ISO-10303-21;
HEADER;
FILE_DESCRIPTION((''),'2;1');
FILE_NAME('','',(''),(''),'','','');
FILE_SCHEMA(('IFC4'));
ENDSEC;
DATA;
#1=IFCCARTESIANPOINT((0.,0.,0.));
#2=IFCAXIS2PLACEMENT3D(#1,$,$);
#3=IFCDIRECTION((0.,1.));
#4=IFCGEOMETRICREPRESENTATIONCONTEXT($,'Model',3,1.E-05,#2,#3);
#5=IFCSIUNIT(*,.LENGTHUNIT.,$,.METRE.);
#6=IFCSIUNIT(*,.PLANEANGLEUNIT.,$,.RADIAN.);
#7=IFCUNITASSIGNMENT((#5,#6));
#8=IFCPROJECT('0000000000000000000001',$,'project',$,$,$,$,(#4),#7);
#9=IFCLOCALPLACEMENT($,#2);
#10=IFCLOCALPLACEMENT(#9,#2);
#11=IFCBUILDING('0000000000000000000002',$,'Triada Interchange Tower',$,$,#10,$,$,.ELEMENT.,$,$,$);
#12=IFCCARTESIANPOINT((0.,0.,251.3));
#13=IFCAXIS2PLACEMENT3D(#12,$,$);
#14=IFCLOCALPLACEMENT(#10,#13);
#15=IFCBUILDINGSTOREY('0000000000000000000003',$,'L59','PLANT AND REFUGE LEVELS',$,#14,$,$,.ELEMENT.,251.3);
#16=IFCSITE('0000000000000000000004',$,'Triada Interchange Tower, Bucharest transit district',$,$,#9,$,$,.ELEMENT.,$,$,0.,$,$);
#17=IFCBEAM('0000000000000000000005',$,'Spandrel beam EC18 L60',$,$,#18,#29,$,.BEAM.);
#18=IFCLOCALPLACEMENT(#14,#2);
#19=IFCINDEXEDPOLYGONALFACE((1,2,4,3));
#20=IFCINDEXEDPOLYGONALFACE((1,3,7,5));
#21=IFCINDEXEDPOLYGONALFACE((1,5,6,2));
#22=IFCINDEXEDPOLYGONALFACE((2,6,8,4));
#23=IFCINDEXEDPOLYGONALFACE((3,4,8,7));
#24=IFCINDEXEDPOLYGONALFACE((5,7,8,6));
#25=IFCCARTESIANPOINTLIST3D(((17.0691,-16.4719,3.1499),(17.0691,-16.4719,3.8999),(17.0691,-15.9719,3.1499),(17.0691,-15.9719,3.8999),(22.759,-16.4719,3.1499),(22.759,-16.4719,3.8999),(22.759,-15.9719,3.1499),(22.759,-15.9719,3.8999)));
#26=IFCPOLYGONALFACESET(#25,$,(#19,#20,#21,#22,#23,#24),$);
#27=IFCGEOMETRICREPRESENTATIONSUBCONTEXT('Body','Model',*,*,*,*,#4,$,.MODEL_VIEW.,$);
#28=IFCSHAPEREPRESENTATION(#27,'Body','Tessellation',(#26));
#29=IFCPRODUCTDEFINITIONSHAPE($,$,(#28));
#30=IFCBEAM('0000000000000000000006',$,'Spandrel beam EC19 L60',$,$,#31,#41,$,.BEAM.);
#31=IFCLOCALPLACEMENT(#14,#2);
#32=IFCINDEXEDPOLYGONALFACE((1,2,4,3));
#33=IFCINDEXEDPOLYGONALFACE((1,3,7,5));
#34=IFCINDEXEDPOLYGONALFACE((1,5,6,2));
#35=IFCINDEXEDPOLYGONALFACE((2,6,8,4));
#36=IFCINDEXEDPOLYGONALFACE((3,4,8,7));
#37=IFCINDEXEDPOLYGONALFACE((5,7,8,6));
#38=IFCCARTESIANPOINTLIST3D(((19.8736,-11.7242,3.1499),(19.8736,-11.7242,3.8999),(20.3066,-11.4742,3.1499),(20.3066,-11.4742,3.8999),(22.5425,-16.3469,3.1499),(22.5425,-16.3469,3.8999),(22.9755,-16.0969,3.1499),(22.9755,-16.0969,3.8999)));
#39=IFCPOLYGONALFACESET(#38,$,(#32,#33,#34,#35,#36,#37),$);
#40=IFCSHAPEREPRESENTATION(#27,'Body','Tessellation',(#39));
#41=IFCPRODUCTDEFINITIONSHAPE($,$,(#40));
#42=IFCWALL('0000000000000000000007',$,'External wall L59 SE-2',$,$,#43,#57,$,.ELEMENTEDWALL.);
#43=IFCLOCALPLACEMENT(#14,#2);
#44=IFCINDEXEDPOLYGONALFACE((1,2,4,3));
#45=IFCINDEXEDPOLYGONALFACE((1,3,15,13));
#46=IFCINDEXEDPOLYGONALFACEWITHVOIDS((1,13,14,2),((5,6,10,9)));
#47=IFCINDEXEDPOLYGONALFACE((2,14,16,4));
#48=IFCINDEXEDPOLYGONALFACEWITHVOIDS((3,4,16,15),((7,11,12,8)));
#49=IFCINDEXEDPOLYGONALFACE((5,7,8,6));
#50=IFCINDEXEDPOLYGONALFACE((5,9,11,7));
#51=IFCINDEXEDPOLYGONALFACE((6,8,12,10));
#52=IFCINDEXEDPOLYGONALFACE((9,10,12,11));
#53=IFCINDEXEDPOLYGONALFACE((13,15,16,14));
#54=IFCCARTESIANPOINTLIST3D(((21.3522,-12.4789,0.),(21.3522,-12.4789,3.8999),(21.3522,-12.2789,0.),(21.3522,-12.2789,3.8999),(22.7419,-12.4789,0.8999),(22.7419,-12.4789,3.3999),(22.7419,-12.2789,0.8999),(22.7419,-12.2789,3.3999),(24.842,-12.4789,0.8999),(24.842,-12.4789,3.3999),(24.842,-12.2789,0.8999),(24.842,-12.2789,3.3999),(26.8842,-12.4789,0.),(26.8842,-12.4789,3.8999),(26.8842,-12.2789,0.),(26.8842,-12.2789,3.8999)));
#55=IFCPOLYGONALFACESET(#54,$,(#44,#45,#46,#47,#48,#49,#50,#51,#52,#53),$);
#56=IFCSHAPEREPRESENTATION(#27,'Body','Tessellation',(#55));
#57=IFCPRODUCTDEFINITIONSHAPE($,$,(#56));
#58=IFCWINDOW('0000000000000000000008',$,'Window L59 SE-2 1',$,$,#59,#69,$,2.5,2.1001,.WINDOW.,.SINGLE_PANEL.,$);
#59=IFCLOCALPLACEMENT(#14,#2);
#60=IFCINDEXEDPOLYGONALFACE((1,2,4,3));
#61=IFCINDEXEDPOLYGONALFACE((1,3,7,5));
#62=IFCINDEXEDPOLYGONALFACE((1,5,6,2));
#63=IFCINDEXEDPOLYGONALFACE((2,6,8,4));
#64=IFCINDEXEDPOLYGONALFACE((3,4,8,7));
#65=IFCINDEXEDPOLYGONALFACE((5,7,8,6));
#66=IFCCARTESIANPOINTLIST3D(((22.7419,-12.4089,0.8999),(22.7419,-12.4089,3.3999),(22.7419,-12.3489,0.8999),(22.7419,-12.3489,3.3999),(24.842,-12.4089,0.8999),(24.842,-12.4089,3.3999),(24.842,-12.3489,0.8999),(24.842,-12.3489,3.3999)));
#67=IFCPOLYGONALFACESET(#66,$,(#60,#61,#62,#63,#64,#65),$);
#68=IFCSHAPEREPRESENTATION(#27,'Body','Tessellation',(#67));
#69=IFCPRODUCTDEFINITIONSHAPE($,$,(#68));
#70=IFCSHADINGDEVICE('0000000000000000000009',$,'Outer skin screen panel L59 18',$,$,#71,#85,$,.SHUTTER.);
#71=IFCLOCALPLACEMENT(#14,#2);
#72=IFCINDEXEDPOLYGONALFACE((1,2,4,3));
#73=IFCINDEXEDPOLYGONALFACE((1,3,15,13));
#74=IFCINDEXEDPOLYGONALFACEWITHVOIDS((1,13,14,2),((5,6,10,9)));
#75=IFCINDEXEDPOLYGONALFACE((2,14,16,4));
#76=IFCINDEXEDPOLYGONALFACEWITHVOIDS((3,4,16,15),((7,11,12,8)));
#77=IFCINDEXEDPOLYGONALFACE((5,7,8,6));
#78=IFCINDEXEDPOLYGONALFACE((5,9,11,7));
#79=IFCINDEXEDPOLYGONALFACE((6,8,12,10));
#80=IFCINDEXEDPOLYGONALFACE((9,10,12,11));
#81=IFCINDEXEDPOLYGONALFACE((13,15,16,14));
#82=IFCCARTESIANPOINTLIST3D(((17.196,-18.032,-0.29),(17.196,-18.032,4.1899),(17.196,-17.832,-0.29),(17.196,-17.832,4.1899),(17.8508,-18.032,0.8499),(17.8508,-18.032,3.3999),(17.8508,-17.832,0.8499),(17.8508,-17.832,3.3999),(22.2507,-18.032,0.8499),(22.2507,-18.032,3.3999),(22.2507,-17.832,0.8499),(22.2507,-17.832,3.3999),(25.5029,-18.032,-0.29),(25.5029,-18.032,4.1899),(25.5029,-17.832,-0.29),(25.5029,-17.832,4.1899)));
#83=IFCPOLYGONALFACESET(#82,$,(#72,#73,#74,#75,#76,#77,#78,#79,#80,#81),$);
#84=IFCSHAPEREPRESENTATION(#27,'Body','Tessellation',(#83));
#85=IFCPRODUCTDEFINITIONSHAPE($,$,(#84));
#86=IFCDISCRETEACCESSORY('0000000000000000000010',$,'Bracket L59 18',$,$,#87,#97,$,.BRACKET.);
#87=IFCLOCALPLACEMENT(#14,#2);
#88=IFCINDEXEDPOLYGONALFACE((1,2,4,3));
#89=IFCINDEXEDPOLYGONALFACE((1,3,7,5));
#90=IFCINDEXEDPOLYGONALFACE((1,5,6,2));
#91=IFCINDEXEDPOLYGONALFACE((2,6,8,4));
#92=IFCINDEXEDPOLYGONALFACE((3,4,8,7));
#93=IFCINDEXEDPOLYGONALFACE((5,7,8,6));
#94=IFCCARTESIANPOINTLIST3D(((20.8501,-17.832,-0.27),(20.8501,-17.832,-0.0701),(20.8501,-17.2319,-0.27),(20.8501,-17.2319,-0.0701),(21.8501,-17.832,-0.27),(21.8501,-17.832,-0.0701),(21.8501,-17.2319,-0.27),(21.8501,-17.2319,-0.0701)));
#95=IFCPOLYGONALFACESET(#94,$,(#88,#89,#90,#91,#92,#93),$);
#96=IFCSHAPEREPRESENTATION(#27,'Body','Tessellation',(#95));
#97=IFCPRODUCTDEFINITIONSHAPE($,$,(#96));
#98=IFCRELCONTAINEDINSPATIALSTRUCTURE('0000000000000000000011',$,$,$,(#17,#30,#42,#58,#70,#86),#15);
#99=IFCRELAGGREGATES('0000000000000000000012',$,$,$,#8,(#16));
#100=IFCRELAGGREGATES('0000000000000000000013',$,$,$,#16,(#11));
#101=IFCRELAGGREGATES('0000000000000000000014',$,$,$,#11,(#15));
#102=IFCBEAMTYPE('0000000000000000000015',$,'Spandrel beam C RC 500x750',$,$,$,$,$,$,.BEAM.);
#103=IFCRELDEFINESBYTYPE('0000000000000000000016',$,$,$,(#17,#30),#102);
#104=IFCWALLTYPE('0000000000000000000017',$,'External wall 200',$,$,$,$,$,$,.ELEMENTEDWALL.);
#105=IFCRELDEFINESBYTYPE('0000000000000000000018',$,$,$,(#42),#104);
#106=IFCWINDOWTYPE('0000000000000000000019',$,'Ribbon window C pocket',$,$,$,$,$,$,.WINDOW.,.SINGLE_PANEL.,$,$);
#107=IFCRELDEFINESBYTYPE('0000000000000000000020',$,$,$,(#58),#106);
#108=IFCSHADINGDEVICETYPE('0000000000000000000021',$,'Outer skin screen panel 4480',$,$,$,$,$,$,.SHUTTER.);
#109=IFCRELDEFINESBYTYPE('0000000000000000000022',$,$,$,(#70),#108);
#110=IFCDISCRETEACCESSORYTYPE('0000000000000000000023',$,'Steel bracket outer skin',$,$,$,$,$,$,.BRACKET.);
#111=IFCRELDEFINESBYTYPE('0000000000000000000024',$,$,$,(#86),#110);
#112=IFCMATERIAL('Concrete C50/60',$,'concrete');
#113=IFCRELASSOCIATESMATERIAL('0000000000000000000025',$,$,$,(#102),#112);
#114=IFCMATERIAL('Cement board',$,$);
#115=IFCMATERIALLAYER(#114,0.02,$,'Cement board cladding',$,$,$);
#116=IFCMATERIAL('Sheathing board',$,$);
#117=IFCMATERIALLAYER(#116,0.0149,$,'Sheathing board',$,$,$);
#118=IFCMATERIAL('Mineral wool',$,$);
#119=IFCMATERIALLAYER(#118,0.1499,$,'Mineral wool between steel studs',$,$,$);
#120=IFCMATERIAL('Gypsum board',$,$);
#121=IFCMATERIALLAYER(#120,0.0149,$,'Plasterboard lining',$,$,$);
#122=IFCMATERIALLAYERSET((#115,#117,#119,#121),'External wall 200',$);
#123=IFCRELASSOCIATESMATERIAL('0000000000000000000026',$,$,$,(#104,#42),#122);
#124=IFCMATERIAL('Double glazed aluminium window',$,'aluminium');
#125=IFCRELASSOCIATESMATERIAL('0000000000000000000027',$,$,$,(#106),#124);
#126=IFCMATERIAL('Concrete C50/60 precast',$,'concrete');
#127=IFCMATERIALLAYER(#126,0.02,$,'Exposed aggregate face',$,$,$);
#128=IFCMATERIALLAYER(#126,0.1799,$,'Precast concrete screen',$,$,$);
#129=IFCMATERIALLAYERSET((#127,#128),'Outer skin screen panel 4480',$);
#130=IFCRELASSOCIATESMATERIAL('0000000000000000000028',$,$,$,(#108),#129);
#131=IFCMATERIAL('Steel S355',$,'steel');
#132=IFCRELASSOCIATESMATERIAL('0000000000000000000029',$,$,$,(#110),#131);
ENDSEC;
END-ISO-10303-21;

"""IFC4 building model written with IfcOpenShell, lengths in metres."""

from ifc_helpers import new_model, si_unit, direction, frame, frame_2d, origin, origin_2d, place, context, subcontext, project, spatial, polyline, rectangle, outline, extrude, material, layer, layer_set, layer_usage, material_profile, profile_set, type_object, element, fill, save


model = new_model("IFC4")

# Units and contexts
model_context = context("Model", 3, precision=1e-05, world=origin(), true_north=direction((0.0, 1.0)))
body_context = subcontext(model_context, "Body", "Model", "MODEL_VIEW")
ifc_project = project(units=[si_unit("LENGTHUNIT", "METRE"), si_unit("PLANEANGLEUNIT", "RADIAN")], contexts=[model_context])

# Site, building, storey
site_placement = place(None, origin())
site = spatial("IfcSite", under=ifc_project, at=site_placement, Name="Triada Interchange Tower, Bucharest transit district", CompositionType="ELEMENT", RefElevation=0.0)
building_placement = place(site_placement, origin())
building = spatial("IfcBuilding", under=site, at=building_placement, Name="Triada Interchange Tower", CompositionType="ELEMENT")
storey_placement = place(building_placement, frame((0.0, 0.0, 251.3)))
storey = spatial("IfcBuildingStorey", under=building, at=storey_placement, Name="L59", Description="PLANT AND REFUGE LEVELS", CompositionType="ELEMENT", Elevation=251.3)

# Shared definitions
ifc_material_1 = material(Name="Concrete C50/60", Category="concrete")

# Shared definitions
ifc_material_2 = material(Name="Steel S355", Category="steel")

# Beams
ifc_material_profile_1 = material_profile(ifc_material_1, rectangle(XDim=0.5, YDim=0.75, at=origin_2d()), Name="RC 500x750")
ifc_profile_set_1 = profile_set([ifc_material_profile_1], Name="Concrete C50/60")
beam_type_1 = type_object("IfcBeamType", Name="Spandrel beam C RC 500x750", PredefinedType="BEAM", material=ifc_profile_set_1)
beam_1_placement = place(storey_placement, frame((17.0691, -16.2219, 3.5249), z_axis=(1.0, 0.0, 0.0), x_axis=(0.0, 1.0, 0.0)))
element("IfcBeam", 1, at=beam_1_placement, inside=storey, type_object=beam_type_1, Name="Spandrel beam EC18 L60", PredefinedType="BEAM", context=body_context, shape_type="SweptSolid", body=[
    extrude(rectangle(XDim=0.5, YDim=0.75, at=origin_2d()), origin(), (0.0, 0.0, 1.0), 5.6899),
])
beam_2_placement = place(storey_placement, frame((22.759, -16.2219, 3.5249), z_axis=(-0.499996, 0.866028, 0.0), x_axis=(-0.866028, -0.499996, 0.0)))
element("IfcBeam", 2, at=beam_2_placement, inside=storey, type_object=beam_type_1, Name="Spandrel beam EC19 L60", PredefinedType="BEAM", context=body_context, shape_type="SweptSolid", body=[
    extrude(rectangle(XDim=0.5, YDim=0.75, at=origin_2d()), origin(), (0.0, 0.0, 1.0), 5.3379),
])

# Wall, opening, window
ifc_material_3 = material(Name="Cement board")
ifc_layer_1 = layer(ifc_material_3, 0.02, Name="Cement board cladding")
ifc_material_4 = material(Name="Sheathing board")
ifc_layer_2 = layer(ifc_material_4, 0.0149, Name="Sheathing board")
ifc_material_5 = material(Name="Mineral wool")
ifc_layer_3 = layer(ifc_material_5, 0.1499, Name="Mineral wool between steel studs")
ifc_material_6 = material(Name="Gypsum board")
ifc_layer_4 = layer(ifc_material_6, 0.0149, Name="Plasterboard lining")
ifc_layer_set_1 = layer_set([ifc_layer_1, ifc_layer_2, ifc_layer_3, ifc_layer_4], Name="External wall 200")
ifc_layer_usage = layer_usage(ifc_layer_set_1, "AXIS2", "POSITIVE", -0.1001)
wall_type = type_object("IfcWallType", Name="External wall 200", PredefinedType="ELEMENTEDWALL", material=ifc_layer_set_1)
wall_placement = place(storey_placement, frame((21.3521, -12.3789, 0.0), z_axis=(0.0, 0.0, 1.0), x_axis=(1.0, 0.0, 0.0)))
wall = element("IfcWall", 3, at=wall_placement, inside=storey, type_object=wall_type, material=ifc_layer_usage, Name="External wall L59 SE-2", PredefinedType="ELEMENTEDWALL", context=body_context, shape_type="SweptSolid", body=[
    extrude(rectangle(XDim=5.532, YDim=0.2, at=frame_2d((2.7661, 0.0))), origin(), (0.0, 0.0, 1.0), 3.8999),
])
opening_placement = place(wall_placement, frame((1.3899, 0.0, 0.8999)))
opening = element("IfcOpeningElement", 4, at=opening_placement, cuts=wall, PredefinedType="OPENING", context=body_context, shape_type="SweptSolid", body=[
    extrude(rectangle(XDim=2.1001, YDim=2.5, at=frame_2d((1.05, 1.25))), frame((0.0, 0.1099, 0.0), z_axis=(0.0, -1.0, 0.0), x_axis=(1.0, 0.0, 0.0)), (0.0, 0.0, 1.0), 0.22),
])
ifc_material_7 = material(Name="Double glazed aluminium window", Category="aluminium")
window_type = type_object("IfcWindowType", Name="Ribbon window C pocket", PartitioningType="SINGLE_PANEL", PredefinedType="WINDOW", material=ifc_material_7)
window_placement = place(opening_placement, origin())
window = element("IfcWindow", 5, at=window_placement, inside=storey, type_object=window_type, Name="Window L59 SE-2 1", OverallHeight=2.5, OverallWidth=2.1001, PartitioningType="SINGLE_PANEL", PredefinedType="WINDOW", context=body_context, shape_type="SweptSolid", body=[
    extrude(rectangle(XDim=2.1001, YDim=2.5, at=frame_2d((1.05, 1.25))), frame((0.0, 0.03, 0.0), z_axis=(0.0, -1.0, 0.0), x_axis=(1.0, 0.0, 0.0)), (0.0, 0.0, 1.0), 0.0601),
])
fill(opening, window)

# Shading device
ifc_material_8 = material(Name="Concrete C50/60 precast", Category="concrete")
ifc_layer_5 = layer(ifc_material_8, 0.02, Name="Exposed aggregate face")
ifc_layer_6 = layer(ifc_material_8, 0.1799, Name="Precast concrete screen")
ifc_layer_set_2 = layer_set([ifc_layer_5, ifc_layer_6], Name="Outer skin screen panel 4480")
shading_device_type = type_object("IfcShadingDeviceType", Name="Outer skin screen panel 4480", PredefinedType="SHUTTER", material=ifc_layer_set_2)
shading_device_placement = place(storey_placement, frame((17.196, -17.832, -0.29), z_axis=(0.0, 0.0, 1.0), x_axis=(1.0, 0.0, 0.0)))
element("IfcShadingDevice", 6, at=shading_device_placement, inside=storey, type_object=shading_device_type, Name="Outer skin screen panel L59 18", PredefinedType="SHUTTER", context=body_context, shape_type="SweptSolid", body=[
    extrude(outline(polyline([(0.0, 0.0), (8.3069, 0.0), (8.3069, 4.48), (0.0, 4.48), (0.0, 0.0)]), holes=[polyline([(0.6548, 1.1399), (0.6548, 3.6899), (5.0547, 3.6899), (5.0547, 1.1399), (0.6548, 1.1399)])]), frame((0.0, 0.0, 0.0), z_axis=(0.0, -1.0, 0.0), x_axis=(1.0, 0.0, 0.0)), (0.0, 0.0, 1.0), 0.2),
])

# Discrete accessory
discrete_accessory_type = type_object("IfcDiscreteAccessoryType", Name="Steel bracket outer skin", PredefinedType="BRACKET", material=ifc_material_2)
discrete_accessory_placement = place(storey_placement, frame((21.3501, -17.532, -0.27), z_axis=(0.0, 0.0, 1.0), x_axis=(0.0, -1.0, 0.0)))
element("IfcDiscreteAccessory", 7, at=discrete_accessory_placement, inside=storey, type_object=discrete_accessory_type, Name="Bracket L59 18", PredefinedType="BRACKET", context=body_context, shape_type="SweptSolid", body=[
    extrude(rectangle(XDim=0.6001, YDim=1.0, at=origin_2d()), origin(), (0.0, 0.0, 1.0), 0.2),
])

save(model, "model.ifc")
